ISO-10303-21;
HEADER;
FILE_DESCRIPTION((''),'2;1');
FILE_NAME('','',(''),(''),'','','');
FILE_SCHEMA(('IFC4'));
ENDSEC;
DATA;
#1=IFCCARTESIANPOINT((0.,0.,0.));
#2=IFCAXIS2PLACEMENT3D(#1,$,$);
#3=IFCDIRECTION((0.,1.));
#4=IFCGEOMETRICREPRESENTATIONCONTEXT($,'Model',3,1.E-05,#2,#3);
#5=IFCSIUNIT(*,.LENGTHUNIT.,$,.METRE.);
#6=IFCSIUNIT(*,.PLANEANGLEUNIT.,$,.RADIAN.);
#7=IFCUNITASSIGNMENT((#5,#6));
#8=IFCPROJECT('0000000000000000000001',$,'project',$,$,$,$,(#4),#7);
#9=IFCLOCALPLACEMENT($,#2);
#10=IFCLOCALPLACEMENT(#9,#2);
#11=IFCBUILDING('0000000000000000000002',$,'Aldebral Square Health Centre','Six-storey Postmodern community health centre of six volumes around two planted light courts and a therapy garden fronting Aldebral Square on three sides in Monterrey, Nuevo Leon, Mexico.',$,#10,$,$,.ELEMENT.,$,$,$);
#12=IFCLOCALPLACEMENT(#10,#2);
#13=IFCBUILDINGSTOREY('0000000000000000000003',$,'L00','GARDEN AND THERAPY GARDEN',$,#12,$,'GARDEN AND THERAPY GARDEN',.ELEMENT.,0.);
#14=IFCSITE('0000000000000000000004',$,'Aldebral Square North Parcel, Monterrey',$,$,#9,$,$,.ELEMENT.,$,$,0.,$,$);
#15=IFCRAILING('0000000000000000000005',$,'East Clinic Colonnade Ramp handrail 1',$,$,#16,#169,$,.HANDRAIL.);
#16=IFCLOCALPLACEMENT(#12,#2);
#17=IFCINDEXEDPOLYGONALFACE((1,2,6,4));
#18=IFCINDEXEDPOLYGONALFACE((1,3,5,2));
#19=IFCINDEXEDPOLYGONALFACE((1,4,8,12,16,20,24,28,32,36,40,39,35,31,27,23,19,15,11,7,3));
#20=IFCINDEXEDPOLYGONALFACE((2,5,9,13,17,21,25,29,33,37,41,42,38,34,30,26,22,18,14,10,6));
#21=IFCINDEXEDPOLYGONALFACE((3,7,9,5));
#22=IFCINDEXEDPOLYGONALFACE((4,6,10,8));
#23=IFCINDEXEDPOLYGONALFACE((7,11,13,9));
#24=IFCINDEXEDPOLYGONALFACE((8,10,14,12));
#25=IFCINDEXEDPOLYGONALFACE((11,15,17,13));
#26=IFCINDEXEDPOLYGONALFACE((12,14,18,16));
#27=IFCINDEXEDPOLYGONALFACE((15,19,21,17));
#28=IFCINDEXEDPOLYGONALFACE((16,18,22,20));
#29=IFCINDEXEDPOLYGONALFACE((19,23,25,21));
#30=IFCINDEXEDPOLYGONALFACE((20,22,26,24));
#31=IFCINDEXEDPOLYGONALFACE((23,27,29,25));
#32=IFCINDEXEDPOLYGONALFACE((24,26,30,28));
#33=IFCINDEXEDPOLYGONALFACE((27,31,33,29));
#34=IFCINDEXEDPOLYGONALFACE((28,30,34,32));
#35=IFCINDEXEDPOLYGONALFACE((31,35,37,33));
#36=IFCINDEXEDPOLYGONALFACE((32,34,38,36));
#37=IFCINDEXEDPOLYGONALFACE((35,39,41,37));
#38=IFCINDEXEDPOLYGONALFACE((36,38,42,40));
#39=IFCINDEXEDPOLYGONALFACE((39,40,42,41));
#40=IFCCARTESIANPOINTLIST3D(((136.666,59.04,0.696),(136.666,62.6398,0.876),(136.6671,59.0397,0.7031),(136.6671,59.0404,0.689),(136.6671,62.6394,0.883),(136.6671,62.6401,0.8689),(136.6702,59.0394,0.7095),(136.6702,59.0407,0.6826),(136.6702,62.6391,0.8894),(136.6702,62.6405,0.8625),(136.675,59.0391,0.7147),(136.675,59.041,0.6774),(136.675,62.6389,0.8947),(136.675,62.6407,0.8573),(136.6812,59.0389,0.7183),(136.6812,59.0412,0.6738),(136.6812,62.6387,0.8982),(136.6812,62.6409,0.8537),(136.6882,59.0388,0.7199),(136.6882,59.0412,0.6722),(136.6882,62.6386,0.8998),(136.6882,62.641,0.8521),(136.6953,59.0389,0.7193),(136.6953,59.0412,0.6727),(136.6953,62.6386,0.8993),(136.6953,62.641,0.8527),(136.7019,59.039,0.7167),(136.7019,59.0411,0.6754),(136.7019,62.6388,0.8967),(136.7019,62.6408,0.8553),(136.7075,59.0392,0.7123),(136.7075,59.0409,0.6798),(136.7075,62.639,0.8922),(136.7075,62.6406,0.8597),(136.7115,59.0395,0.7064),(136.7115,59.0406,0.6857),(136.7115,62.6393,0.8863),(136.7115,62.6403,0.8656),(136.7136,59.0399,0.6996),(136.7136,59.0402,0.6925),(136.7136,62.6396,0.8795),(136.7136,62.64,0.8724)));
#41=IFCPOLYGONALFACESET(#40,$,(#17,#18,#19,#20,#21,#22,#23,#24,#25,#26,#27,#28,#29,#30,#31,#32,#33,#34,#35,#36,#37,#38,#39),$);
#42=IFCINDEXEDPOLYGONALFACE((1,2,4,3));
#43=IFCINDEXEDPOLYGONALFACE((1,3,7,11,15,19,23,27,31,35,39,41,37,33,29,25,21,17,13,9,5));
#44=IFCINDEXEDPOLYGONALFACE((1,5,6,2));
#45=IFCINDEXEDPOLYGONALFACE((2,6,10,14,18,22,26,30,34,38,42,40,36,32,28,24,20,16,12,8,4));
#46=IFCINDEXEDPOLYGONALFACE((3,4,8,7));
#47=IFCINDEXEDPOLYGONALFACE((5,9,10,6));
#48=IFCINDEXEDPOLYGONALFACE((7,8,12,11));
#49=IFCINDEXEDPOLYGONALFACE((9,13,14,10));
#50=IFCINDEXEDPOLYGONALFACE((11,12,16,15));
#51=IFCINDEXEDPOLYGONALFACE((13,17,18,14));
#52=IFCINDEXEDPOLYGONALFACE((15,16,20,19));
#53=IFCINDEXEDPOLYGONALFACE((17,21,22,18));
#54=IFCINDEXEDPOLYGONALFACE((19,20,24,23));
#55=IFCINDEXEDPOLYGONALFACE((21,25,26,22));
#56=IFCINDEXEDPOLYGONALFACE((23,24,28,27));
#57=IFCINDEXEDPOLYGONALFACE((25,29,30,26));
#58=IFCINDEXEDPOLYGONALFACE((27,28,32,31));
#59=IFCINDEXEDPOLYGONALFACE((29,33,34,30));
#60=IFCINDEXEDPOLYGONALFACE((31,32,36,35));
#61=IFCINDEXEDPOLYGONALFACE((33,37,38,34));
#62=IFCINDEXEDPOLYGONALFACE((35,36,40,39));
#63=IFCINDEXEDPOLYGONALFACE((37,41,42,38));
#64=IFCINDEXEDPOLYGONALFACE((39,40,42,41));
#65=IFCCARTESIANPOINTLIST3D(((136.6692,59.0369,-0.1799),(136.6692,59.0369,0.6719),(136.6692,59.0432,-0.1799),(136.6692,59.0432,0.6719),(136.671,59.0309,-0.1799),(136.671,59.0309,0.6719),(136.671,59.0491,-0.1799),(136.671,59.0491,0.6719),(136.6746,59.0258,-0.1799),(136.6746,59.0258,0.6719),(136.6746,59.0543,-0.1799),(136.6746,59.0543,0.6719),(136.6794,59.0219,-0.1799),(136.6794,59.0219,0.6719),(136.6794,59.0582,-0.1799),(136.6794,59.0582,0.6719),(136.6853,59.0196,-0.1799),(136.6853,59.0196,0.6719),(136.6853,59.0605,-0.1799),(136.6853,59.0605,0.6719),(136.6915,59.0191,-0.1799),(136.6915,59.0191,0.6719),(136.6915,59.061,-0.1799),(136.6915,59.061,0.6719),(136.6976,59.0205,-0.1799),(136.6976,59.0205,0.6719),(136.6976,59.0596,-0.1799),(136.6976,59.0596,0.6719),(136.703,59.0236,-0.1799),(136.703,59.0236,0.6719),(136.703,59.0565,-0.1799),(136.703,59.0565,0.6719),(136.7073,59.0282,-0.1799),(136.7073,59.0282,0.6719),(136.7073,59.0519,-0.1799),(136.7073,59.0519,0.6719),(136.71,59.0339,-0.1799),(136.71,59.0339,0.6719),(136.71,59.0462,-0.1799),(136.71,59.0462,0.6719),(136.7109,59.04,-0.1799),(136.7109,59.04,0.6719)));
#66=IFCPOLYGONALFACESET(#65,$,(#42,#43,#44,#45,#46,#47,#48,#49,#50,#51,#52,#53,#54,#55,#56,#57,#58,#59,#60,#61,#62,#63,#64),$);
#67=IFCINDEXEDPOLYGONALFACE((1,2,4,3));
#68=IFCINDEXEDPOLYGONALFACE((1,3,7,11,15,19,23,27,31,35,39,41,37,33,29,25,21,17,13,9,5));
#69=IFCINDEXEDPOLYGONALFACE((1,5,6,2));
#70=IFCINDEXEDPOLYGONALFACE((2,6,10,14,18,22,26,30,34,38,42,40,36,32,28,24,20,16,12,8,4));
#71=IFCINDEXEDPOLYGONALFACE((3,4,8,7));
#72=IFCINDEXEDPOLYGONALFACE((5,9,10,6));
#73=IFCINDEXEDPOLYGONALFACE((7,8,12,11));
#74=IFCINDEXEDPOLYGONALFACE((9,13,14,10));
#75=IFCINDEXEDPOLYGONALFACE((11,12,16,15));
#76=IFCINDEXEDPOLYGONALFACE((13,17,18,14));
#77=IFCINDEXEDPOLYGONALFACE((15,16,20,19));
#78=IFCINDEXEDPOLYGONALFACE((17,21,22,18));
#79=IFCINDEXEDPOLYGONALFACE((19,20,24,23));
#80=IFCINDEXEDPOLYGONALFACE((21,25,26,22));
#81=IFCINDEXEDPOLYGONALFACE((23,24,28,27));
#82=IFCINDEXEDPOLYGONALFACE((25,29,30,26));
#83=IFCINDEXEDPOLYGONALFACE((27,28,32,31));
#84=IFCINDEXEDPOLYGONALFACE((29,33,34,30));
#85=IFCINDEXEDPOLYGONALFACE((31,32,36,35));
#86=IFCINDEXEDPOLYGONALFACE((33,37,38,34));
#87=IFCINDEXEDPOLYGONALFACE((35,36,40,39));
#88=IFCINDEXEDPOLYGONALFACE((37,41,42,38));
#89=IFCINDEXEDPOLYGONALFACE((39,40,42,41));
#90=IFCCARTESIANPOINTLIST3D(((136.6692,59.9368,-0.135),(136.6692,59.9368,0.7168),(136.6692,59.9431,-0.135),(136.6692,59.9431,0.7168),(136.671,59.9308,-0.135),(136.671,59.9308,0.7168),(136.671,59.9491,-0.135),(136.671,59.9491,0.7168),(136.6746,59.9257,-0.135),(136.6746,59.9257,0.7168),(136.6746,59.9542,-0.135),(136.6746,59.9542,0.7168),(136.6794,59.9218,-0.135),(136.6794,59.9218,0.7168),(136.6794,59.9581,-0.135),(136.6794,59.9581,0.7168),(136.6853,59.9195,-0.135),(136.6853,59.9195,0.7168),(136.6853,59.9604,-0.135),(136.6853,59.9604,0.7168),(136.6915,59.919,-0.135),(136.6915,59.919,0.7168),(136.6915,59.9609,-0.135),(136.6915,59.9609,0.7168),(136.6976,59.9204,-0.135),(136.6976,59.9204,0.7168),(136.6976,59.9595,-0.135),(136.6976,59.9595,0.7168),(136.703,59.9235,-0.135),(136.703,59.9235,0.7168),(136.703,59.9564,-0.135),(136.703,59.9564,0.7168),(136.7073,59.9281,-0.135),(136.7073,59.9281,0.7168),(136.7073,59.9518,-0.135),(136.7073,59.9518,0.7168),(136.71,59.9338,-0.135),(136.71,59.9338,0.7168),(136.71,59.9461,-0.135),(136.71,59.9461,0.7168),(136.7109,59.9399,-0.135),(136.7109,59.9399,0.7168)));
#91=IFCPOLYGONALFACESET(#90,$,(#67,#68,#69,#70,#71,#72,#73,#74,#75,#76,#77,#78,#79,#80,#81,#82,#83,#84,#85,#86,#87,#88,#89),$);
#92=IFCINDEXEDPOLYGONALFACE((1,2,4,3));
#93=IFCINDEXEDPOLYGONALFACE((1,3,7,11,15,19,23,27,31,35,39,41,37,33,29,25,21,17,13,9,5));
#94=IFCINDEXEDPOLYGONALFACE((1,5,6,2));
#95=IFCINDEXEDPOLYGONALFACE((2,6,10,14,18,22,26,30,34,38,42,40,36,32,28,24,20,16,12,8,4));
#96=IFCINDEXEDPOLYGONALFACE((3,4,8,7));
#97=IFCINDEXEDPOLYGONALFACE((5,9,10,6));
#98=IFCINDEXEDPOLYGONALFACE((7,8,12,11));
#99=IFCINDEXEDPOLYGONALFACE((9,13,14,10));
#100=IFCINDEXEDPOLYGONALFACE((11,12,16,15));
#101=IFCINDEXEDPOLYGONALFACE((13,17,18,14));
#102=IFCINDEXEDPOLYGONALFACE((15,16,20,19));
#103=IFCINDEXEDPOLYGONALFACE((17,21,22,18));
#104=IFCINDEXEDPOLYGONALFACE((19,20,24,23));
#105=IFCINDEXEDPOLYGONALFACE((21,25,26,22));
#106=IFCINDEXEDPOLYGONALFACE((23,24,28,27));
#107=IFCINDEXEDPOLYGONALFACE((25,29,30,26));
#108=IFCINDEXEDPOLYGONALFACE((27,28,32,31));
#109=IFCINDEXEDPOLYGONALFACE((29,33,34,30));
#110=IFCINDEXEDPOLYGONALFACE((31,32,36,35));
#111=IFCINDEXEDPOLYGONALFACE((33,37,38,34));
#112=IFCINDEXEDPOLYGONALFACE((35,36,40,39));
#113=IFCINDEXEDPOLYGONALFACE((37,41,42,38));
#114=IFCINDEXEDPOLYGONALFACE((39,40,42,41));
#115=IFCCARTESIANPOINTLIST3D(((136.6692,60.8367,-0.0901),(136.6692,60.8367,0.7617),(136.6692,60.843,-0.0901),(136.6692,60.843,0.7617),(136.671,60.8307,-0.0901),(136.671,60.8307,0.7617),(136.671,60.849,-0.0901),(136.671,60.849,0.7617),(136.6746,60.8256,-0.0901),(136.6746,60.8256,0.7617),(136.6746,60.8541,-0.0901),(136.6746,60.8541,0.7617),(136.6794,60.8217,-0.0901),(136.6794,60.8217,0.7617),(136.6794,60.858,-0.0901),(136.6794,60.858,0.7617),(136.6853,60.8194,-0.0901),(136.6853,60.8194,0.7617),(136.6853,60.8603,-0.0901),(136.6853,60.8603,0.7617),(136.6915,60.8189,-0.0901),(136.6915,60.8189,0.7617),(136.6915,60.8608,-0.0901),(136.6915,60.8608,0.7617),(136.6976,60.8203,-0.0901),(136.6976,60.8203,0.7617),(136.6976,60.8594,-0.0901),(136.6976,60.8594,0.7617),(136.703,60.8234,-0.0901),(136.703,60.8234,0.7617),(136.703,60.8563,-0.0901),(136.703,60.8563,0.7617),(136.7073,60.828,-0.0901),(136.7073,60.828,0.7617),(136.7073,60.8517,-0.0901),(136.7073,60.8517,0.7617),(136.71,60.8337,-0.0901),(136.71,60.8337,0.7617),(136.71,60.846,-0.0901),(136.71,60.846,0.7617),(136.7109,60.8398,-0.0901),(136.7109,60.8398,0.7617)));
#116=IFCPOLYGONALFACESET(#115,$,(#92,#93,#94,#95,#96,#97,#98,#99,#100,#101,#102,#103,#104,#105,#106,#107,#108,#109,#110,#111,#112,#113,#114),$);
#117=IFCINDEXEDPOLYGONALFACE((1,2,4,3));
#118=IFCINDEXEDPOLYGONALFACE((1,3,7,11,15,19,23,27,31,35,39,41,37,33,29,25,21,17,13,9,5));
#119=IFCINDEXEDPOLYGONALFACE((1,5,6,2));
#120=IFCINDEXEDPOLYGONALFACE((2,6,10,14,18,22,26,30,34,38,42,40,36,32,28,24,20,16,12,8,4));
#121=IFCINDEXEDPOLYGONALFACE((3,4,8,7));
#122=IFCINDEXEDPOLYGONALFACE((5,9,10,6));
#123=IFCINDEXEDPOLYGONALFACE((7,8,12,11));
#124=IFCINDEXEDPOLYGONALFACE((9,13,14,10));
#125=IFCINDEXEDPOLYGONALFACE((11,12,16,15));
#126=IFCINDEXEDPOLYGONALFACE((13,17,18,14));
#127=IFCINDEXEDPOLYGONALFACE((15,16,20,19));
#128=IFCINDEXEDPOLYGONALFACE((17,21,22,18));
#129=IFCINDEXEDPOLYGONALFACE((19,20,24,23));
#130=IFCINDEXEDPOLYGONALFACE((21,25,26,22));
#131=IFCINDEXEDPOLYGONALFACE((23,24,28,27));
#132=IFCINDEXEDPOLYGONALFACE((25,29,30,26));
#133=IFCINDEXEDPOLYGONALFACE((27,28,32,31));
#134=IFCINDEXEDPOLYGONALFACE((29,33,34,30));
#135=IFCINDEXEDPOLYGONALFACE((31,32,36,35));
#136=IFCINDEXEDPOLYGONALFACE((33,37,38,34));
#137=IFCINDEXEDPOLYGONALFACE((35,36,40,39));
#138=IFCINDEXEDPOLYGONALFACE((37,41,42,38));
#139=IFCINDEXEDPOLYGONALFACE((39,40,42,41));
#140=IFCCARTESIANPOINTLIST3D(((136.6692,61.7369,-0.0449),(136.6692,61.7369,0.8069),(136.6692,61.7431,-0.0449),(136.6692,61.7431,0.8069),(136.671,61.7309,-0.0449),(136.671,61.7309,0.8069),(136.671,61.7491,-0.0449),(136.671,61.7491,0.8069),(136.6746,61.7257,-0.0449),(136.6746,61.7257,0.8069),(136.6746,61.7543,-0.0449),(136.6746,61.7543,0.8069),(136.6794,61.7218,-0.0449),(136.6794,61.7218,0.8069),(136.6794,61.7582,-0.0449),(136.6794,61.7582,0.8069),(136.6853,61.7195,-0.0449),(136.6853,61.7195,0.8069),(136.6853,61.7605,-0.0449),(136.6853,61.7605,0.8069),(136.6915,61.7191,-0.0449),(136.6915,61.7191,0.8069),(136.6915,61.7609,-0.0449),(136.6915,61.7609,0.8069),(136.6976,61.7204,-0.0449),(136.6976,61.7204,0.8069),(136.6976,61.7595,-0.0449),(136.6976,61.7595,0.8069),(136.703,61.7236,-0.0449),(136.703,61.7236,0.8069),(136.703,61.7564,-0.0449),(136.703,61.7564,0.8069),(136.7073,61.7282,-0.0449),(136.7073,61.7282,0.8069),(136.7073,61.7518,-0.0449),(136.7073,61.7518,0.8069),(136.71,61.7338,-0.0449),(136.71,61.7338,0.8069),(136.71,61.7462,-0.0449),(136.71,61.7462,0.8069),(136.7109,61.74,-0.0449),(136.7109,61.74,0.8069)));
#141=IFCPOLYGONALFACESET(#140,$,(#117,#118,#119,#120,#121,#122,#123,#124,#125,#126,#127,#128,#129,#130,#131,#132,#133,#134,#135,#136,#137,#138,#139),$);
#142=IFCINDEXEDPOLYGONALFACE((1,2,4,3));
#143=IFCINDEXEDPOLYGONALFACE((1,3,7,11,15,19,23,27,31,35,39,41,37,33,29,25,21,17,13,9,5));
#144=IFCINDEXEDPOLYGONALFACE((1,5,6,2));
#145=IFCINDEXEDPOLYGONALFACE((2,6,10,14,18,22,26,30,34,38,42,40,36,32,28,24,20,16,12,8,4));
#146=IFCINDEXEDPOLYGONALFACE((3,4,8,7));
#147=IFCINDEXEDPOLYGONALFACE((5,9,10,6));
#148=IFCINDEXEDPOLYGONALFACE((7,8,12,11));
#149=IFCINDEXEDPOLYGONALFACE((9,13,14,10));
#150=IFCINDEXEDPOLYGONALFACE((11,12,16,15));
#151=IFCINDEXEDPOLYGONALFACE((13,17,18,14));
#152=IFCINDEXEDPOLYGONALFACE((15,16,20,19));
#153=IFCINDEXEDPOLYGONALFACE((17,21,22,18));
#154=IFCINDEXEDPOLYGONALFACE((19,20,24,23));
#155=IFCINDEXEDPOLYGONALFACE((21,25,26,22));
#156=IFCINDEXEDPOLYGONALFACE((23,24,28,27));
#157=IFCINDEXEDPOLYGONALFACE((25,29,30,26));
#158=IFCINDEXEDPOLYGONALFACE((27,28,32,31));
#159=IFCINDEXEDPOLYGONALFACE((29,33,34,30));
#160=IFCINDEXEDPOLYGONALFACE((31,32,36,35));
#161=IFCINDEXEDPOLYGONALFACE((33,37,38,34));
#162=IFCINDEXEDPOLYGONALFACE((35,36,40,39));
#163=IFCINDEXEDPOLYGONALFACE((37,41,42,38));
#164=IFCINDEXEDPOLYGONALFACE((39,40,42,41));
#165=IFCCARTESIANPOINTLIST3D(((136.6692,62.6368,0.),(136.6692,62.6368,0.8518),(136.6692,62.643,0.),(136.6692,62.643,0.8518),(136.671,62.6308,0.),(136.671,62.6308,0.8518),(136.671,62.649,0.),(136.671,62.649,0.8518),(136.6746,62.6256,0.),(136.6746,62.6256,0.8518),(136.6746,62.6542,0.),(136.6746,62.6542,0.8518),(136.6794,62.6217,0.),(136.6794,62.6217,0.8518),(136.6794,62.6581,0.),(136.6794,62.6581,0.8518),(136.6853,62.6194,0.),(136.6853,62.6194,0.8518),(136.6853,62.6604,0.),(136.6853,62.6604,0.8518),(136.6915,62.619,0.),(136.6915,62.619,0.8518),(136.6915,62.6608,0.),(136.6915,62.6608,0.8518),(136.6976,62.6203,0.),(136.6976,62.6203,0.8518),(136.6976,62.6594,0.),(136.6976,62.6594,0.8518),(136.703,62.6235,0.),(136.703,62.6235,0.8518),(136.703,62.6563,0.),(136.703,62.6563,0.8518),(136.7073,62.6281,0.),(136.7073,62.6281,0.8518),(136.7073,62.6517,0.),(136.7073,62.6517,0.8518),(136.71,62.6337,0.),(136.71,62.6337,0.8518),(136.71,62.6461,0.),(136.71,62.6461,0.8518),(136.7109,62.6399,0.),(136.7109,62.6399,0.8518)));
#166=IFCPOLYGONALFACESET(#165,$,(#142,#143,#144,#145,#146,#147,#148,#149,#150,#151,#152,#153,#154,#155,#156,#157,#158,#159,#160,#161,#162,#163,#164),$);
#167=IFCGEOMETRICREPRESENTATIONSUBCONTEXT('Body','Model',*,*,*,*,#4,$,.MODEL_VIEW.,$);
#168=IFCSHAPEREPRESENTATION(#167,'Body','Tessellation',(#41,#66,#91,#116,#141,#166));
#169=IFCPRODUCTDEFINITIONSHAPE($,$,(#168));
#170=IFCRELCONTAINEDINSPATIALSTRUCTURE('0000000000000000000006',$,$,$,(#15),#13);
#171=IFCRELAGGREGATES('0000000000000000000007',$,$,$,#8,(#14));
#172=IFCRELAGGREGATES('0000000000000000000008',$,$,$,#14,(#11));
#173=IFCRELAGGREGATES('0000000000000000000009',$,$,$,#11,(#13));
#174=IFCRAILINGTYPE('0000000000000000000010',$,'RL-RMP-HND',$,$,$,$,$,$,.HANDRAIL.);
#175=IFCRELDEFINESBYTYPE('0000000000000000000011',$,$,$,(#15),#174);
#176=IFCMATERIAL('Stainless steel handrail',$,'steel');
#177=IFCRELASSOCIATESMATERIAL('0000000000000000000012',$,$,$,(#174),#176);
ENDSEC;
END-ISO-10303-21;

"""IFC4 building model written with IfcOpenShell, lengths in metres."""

from ifc_helpers import new_model, si_unit, direction, frame, origin, origin_2d, place, context, subcontext, project, spatial, circle, extrude, material, type_object, element, save


model = new_model("IFC4")

# Units and contexts
model_context = context("Model", 3, precision=1e-05, world=origin(), true_north=direction((0.0, 1.0)))
body_context = subcontext(model_context, "Body", "Model", "MODEL_VIEW")
ifc_project = project(units=[si_unit("LENGTHUNIT", "METRE"), si_unit("PLANEANGLEUNIT", "RADIAN")], contexts=[model_context])

# Site, building, storey
site_placement = place(None, origin())
site = spatial("IfcSite", under=ifc_project, at=site_placement, Name="Aldebral Square North Parcel, Monterrey", CompositionType="ELEMENT", RefElevation=0.0)
building_placement = place(site_placement, origin())
building = spatial("IfcBuilding", under=site, at=building_placement, Name="Aldebral Square Health Centre", Description="Six-storey Postmodern community health centre of six volumes around two planted light courts and a therapy garden fronting Aldebral Square on three sides in Monterrey, Nuevo Leon, Mexico.", CompositionType="ELEMENT")
storey_placement = place(building_placement, origin())
storey = spatial("IfcBuildingStorey", under=building, at=storey_placement, Name="L00", Description="GARDEN AND THERAPY GARDEN", LongName="GARDEN AND THERAPY GARDEN", CompositionType="ELEMENT", Elevation=0.0)

# Railing
ifc_material_1 = material(Name="Stainless steel handrail", Category="steel")
railing_type = type_object("IfcRailingType", Name="RL-RMP-HND", PredefinedType="HANDRAIL", material=ifc_material_1)
for number, where, name in (
    (1, (136.6899, 59.04, -0.1799), "East Clinic Colonnade Ramp handrail 1"),
):
    element("IfcRailing", number, at=place(storey_placement, frame(where)), inside=storey, type_object=railing_type, Name=name, PredefinedType="HANDRAIL", context=body_context, shape_type="SweptSolid", body=[
        extrude(circle(Radius=0.0239, at=origin_2d()), frame((0.0, 0.0, 0.876), z_axis=(0.0, 0.998753, 0.049921), x_axis=(-1.0, 0.0, 0.0)), (0.0, 0.0, 1.0), 3.6042),
        extrude(circle(Radius=0.021, at=origin_2d()), origin(), (0.0, 0.0, 1.0), 0.8518),
        extrude(circle(Radius=0.021, at=origin_2d()), frame((0.0, 0.8999, 0.0449)), (0.0, 0.0, 1.0), 0.8518),
        extrude(circle(Radius=0.021, at=origin_2d()), frame((0.0, 1.7998, 0.0898)), (0.0, 0.0, 1.0), 0.8518),
        extrude(circle(Radius=0.021, at=origin_2d()), frame((0.0, 2.7, 0.135)), (0.0, 0.0, 1.0), 0.8518),
        extrude(circle(Radius=0.021, at=origin_2d()), frame((0.0, 3.5999, 0.1799)), (0.0, 0.0, 1.0), 0.8518),
    ])

save(model, "model.ifc")
